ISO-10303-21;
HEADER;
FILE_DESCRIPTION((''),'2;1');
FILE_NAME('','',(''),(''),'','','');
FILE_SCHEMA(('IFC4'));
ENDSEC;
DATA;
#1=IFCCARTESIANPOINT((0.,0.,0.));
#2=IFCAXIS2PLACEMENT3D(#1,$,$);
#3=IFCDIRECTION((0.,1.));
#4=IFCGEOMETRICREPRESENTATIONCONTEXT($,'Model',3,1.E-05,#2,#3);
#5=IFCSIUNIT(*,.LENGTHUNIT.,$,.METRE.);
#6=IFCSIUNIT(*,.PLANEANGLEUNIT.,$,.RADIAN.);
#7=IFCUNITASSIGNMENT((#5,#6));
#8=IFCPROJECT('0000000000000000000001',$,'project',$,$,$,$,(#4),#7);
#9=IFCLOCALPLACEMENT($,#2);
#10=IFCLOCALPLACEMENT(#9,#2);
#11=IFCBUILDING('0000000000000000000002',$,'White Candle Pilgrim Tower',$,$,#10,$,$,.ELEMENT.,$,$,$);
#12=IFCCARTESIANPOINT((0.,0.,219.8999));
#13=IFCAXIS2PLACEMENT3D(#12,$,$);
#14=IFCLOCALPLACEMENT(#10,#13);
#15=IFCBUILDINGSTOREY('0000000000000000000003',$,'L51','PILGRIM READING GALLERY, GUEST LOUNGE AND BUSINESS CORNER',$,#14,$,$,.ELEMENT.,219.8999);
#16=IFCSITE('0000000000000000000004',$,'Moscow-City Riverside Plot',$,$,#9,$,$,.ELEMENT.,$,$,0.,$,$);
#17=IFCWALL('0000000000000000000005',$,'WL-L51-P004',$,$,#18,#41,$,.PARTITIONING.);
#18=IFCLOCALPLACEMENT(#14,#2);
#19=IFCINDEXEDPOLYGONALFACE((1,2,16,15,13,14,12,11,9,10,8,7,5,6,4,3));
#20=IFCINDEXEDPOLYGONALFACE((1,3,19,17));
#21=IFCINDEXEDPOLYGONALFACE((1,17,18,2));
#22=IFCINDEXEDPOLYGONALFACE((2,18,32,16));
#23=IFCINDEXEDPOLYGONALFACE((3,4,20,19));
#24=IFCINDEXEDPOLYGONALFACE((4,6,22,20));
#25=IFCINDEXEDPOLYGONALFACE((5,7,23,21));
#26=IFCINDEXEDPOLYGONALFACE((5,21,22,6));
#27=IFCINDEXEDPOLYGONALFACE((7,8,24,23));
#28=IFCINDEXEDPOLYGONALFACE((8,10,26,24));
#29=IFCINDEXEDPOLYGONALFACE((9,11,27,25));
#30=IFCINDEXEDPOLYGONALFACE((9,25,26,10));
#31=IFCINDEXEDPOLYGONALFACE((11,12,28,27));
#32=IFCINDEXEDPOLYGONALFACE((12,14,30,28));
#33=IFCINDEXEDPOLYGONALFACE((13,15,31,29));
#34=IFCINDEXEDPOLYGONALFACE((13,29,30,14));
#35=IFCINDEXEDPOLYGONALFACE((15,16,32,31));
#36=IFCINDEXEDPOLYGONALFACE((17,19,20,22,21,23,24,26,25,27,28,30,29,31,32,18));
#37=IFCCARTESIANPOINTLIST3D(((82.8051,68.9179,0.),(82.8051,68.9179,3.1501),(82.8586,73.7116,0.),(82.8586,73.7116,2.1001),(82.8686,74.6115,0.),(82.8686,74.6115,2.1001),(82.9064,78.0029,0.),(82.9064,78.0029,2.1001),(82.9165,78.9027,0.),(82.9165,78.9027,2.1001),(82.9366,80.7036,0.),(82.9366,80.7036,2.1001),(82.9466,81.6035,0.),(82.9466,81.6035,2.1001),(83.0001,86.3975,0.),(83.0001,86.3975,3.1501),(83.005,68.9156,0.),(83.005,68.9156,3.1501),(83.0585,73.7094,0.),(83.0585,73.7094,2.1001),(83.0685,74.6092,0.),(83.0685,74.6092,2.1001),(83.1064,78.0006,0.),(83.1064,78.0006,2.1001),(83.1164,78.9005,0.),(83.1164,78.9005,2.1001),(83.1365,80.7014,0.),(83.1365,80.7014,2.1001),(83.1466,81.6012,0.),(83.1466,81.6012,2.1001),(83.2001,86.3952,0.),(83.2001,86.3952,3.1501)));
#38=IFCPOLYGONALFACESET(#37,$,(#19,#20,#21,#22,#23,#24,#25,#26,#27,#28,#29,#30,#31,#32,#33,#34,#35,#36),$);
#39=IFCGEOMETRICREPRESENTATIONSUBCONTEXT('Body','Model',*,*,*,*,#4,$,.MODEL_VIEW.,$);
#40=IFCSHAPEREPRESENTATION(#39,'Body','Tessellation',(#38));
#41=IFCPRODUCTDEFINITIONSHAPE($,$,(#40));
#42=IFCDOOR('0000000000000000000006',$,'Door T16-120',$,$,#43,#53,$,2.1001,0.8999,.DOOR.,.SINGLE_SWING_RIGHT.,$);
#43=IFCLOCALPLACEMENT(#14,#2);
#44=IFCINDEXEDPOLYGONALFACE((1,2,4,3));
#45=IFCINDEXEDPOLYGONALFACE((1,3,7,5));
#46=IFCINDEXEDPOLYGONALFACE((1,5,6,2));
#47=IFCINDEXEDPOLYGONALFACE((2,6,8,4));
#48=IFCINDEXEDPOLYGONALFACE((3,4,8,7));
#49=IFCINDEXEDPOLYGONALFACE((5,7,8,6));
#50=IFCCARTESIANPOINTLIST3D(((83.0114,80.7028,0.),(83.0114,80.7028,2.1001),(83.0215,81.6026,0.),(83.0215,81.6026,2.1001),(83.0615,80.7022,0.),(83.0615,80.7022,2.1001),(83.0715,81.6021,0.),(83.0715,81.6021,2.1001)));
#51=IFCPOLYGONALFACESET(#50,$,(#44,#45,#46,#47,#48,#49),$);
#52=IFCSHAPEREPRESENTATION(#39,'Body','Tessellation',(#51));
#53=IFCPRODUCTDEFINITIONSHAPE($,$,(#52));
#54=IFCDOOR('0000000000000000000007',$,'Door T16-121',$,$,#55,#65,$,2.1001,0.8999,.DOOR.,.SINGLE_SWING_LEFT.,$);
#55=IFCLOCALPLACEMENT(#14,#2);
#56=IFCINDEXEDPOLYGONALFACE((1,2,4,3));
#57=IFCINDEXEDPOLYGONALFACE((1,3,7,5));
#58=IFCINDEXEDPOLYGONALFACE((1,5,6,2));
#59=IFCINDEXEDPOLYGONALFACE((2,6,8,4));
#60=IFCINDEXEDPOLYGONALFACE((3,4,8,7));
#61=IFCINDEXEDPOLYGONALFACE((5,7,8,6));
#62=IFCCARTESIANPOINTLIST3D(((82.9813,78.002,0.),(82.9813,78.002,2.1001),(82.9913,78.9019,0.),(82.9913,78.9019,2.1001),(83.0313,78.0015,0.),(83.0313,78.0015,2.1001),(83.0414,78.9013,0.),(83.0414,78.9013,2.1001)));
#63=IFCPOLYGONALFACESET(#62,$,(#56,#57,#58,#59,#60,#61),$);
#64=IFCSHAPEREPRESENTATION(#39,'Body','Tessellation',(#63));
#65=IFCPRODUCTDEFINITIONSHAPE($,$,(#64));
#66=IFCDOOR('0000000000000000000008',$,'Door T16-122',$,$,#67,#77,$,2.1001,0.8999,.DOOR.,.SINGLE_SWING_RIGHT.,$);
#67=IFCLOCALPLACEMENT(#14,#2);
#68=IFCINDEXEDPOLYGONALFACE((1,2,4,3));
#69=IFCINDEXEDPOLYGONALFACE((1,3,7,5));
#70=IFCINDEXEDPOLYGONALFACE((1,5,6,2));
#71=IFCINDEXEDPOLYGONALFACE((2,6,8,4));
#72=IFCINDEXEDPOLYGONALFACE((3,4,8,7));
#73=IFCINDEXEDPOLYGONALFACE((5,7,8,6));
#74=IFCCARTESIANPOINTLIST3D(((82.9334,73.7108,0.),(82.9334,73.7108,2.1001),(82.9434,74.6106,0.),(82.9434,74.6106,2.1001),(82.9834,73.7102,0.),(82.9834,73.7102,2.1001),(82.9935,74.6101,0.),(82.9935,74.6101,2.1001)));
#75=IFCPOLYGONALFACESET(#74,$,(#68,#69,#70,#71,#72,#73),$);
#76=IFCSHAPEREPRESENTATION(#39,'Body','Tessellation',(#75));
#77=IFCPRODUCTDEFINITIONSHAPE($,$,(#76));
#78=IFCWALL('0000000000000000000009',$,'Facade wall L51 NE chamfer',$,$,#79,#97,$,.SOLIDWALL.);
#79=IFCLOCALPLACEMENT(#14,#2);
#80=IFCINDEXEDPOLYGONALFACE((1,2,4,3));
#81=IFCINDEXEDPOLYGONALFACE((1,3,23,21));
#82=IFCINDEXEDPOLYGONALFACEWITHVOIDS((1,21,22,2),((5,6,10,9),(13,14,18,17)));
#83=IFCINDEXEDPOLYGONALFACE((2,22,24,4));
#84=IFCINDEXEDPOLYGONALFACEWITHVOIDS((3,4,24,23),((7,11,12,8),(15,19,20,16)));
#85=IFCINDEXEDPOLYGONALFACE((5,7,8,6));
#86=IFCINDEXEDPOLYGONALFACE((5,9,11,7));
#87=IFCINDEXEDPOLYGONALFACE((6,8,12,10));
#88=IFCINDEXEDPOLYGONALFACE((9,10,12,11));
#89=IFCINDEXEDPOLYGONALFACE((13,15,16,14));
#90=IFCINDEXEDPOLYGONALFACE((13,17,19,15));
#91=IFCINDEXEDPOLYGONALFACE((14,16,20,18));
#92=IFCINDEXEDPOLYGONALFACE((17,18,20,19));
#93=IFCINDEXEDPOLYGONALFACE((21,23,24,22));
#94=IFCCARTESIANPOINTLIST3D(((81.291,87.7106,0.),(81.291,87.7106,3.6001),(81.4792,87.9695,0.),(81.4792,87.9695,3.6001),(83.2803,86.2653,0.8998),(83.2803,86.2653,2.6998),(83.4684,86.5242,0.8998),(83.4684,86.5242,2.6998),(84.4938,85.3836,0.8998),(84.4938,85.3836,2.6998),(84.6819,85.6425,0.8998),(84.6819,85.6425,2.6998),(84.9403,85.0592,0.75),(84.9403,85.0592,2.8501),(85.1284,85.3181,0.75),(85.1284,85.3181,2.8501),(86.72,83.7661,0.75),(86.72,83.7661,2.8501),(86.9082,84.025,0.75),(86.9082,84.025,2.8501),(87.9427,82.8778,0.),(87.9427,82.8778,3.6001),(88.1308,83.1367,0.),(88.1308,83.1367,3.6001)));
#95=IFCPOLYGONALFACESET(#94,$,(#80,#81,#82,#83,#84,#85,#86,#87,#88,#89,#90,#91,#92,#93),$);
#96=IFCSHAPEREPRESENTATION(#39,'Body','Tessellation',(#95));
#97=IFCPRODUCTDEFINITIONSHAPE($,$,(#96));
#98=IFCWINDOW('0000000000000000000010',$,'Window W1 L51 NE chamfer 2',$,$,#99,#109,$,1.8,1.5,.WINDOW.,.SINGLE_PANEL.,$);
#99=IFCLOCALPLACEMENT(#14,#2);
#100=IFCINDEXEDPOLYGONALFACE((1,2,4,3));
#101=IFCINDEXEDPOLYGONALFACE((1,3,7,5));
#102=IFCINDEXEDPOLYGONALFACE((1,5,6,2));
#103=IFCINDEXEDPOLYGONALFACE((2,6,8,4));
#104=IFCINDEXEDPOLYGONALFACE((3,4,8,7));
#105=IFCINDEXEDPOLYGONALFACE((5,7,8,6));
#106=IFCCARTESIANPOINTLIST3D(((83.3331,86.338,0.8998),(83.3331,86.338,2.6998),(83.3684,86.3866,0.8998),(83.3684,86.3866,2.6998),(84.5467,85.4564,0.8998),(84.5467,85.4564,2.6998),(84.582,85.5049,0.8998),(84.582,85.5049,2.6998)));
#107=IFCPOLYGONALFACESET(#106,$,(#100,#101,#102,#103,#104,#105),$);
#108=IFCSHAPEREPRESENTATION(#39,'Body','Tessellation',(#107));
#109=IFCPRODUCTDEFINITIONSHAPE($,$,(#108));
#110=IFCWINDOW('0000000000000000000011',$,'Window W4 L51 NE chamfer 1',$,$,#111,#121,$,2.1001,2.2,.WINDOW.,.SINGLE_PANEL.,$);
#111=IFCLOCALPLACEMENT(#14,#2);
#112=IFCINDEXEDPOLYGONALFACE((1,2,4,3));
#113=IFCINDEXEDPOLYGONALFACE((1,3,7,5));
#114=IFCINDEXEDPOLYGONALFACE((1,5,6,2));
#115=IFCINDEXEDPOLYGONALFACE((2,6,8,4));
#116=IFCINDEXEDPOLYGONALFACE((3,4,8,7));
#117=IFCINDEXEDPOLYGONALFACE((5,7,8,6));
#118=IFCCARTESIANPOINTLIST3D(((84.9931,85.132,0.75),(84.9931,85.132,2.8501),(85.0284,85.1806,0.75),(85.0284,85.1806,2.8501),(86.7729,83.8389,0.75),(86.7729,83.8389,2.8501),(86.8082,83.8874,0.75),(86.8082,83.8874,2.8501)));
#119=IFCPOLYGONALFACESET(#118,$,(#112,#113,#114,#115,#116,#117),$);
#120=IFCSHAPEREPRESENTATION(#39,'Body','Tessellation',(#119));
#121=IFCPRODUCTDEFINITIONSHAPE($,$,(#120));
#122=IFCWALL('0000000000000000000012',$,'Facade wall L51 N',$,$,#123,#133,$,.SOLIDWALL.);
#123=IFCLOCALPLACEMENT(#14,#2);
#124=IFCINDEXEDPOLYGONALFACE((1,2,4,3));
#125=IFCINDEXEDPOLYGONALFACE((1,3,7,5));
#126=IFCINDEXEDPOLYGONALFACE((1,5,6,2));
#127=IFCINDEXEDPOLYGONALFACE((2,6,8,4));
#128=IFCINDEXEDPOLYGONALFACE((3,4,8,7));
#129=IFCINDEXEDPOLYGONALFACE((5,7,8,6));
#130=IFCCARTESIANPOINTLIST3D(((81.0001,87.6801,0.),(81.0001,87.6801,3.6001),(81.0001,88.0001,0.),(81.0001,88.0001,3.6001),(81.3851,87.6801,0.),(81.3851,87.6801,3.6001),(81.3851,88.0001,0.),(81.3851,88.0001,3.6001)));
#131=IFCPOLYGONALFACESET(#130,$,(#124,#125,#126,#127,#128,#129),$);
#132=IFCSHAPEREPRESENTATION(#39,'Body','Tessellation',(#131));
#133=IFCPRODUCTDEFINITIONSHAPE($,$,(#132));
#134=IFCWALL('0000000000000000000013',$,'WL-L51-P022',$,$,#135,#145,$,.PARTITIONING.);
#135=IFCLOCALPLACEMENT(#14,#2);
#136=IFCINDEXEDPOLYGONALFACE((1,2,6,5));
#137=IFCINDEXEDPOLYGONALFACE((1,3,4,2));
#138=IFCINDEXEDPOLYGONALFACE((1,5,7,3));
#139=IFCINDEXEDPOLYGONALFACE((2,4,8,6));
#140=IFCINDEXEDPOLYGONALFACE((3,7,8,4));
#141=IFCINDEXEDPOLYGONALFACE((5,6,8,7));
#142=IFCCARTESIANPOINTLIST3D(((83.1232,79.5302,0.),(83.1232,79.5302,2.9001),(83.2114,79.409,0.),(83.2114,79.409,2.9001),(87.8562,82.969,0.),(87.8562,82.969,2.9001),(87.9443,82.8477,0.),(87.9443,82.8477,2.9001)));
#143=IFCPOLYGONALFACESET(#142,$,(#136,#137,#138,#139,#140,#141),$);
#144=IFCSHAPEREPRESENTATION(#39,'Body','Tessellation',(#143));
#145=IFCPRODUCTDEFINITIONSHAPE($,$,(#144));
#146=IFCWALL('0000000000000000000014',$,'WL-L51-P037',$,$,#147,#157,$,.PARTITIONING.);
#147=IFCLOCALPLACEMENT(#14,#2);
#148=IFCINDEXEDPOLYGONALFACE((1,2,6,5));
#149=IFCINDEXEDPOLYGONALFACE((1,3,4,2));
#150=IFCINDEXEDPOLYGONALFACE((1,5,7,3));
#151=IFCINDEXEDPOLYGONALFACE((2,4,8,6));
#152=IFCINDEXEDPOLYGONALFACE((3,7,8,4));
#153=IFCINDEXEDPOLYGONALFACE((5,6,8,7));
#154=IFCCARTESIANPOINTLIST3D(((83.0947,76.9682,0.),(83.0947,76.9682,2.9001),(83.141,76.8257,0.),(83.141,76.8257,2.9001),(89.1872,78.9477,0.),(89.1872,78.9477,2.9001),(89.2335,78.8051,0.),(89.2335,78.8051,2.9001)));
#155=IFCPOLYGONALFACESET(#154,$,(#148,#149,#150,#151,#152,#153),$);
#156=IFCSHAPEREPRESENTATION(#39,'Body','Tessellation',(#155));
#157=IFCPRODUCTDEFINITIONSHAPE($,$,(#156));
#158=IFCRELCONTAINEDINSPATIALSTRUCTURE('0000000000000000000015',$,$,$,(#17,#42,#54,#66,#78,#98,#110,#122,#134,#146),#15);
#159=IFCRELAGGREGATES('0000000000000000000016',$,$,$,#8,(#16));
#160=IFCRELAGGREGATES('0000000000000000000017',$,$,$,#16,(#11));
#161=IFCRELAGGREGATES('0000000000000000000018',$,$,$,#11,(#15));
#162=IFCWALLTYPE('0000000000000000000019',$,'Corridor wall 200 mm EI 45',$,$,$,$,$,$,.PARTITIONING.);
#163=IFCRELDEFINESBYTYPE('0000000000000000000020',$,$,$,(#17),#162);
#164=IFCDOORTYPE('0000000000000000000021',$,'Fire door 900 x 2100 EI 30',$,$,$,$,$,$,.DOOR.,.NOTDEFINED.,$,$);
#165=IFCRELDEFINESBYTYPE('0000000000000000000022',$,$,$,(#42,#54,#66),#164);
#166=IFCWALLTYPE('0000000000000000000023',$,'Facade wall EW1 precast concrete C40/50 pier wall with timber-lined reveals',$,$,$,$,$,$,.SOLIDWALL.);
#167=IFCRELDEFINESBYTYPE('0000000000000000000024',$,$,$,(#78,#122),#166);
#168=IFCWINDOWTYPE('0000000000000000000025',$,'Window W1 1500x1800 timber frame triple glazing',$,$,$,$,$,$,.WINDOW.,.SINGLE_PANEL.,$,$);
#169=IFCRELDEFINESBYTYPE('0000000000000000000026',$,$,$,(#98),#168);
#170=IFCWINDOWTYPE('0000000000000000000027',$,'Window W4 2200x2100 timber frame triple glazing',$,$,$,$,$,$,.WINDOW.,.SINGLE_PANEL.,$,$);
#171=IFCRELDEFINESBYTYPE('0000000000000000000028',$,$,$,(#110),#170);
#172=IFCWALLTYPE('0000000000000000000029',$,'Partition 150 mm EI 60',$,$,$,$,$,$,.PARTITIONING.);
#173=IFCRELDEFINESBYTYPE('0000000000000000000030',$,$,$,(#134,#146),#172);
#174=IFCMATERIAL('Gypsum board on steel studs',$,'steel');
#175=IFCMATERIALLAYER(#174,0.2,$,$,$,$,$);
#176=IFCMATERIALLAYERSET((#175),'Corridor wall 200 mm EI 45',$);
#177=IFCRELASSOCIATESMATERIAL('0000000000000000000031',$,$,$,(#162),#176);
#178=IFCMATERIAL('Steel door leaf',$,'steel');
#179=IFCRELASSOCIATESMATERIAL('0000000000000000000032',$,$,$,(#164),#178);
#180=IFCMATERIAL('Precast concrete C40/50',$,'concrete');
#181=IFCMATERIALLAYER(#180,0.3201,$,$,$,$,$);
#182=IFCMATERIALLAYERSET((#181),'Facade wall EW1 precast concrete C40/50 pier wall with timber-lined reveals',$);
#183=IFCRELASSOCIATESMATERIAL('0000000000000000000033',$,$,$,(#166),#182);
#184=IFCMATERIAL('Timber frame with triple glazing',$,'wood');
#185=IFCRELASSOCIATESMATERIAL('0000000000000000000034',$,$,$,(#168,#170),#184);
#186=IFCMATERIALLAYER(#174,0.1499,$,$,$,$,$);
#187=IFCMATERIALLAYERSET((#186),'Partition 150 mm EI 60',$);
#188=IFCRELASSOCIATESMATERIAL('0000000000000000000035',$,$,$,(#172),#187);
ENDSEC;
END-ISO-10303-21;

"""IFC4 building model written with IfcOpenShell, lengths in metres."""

from ifc_helpers import new_model, si_unit, direction, frame, frame_2d, origin, place, context, subcontext, project, spatial, rectangle, extrude, material, layer, layer_set, type_object, element, fill, save


model = new_model("IFC4")

# Units and contexts
model_context = context("Model", 3, precision=1e-05, world=origin(), true_north=direction((0.0, 1.0)))
body_context = subcontext(model_context, "Body", "Model", "MODEL_VIEW")
ifc_project = project(units=[si_unit("LENGTHUNIT", "METRE"), si_unit("PLANEANGLEUNIT", "RADIAN")], contexts=[model_context])

# Site, building, storey
site_placement = place(None, origin())
site = spatial("IfcSite", under=ifc_project, at=site_placement, Name="Moscow-City Riverside Plot", CompositionType="ELEMENT", RefElevation=0.0)
building_placement = place(site_placement, origin())
building = spatial("IfcBuilding", under=site, at=building_placement, Name="White Candle Pilgrim Tower", CompositionType="ELEMENT")
storey_placement = place(building_placement, frame((0.0, 0.0, 219.8999)))
storey = spatial("IfcBuildingStorey", under=building, at=storey_placement, Name="L51", Description="PILGRIM READING GALLERY, GUEST LOUNGE AND BUSINESS CORNER", CompositionType="ELEMENT", Elevation=219.8999)

# Shared definitions
ifc_material_1 = material(Name="Steel door leaf", Category="steel")

# Wall, openings, doors
ifc_material_2 = material(Name="Gypsum board on steel studs", Category="steel")
ifc_layer_1 = layer(ifc_material_2, 0.2)
ifc_layer_set_1 = layer_set([ifc_layer_1], Name="Corridor wall 200 mm EI 45")
wall_type_1 = type_object("IfcWallType", Name="Corridor wall 200 mm EI 45", PredefinedType="PARTITIONING", material=ifc_layer_set_1)
wall_1_placement = place(storey_placement, frame((83.1001, 86.3962, 0.0), z_axis=(0.0, 0.0, 1.0), x_axis=(-0.011159, -0.999938, 0.0)))
wall_1 = element("IfcWall", 1, at=wall_1_placement, inside=storey, type_object=wall_type_1, Name="WL-L51-P004", PredefinedType="PARTITIONING", context=body_context, shape_type="SweptSolid", body=[
    extrude(rectangle(XDim=17.4807, YDim=0.2, at=frame_2d((8.7402, 0.0))), origin(), (0.0, 0.0, 1.0), 3.1501),
])
opening_1_placement = place(wall_1_placement, frame((4.7942, 0.0, 0.0)))
opening_1 = element("IfcOpeningElement", 2, at=opening_1_placement, cuts=wall_1, PredefinedType="OPENING", context=body_context, shape_type="SweptSolid", body=[
    extrude(rectangle(XDim=0.8999, YDim=2.1001, at=frame_2d((0.45, 1.05))), frame((0.0, 0.1099, 0.0), z_axis=(0.0, -1.0, 0.0), x_axis=(1.0, 0.0, 0.0)), (0.0, 0.0, 1.0), 0.22),
])
opening_2_placement = place(wall_1_placement, frame((7.4951, 0.0, 0.0)))
opening_2 = element("IfcOpeningElement", 3, at=opening_2_placement, cuts=wall_1, PredefinedType="OPENING", context=body_context, shape_type="SweptSolid", body=[
    extrude(rectangle(XDim=0.8999, YDim=2.1001, at=frame_2d((0.45, 1.05))), frame((0.0, 0.1099, 0.0), z_axis=(0.0, -1.0, 0.0), x_axis=(1.0, 0.0, 0.0)), (0.0, 0.0, 1.0), 0.22),
])
opening_3_placement = place(wall_1_placement, frame((11.7866, 0.0, 0.0)))
opening_3 = element("IfcOpeningElement", 4, at=opening_3_placement, cuts=wall_1, PredefinedType="OPENING", context=body_context, shape_type="SweptSolid", body=[
    extrude(rectangle(XDim=0.8999, YDim=2.1001, at=frame_2d((0.45, 1.05))), frame((0.0, 0.1099, 0.0), z_axis=(0.0, -1.0, 0.0), x_axis=(1.0, 0.0, 0.0)), (0.0, 0.0, 1.0), 0.22),
])
door_type_1 = type_object("IfcDoorType", Name="Fire door 900 x 2100 EI 30", OperationType="NOTDEFINED", PredefinedType="DOOR", material=ifc_material_1)
door_1_placement = place(opening_1_placement, origin())
door_1 = element("IfcDoor", 5, at=door_1_placement, inside=storey, type_object=door_type_1, Name="Door T16-120", OperationType="SINGLE_SWING_RIGHT", OverallHeight=2.1001, OverallWidth=0.8999, PredefinedType="DOOR", context=body_context, shape_type="SweptSolid", body=[
    extrude(rectangle(XDim=0.8999, YDim=2.1001, at=frame_2d((0.45, 1.05))), frame((0.0, 0.0249, 0.0), z_axis=(0.0, -1.0, 0.0), x_axis=(1.0, 0.0, 0.0)), (0.0, 0.0, 1.0), 0.05),
])
fill(opening_1, door_1)
door_2_placement = place(opening_2_placement, origin())
door_2 = element("IfcDoor", 6, at=door_2_placement, inside=storey, type_object=door_type_1, Name="Door T16-121", OperationType="SINGLE_SWING_LEFT", OverallHeight=2.1001, OverallWidth=0.8999, PredefinedType="DOOR", context=body_context, shape_type="SweptSolid", body=[
    extrude(rectangle(XDim=0.8999, YDim=2.1001, at=frame_2d((0.45, 1.05))), frame((0.0, 0.0249, 0.0), z_axis=(0.0, -1.0, 0.0), x_axis=(1.0, 0.0, 0.0)), (0.0, 0.0, 1.0), 0.05),
])
fill(opening_2, door_2)
door_3_placement = place(opening_3_placement, origin())
door_3 = element("IfcDoor", 7, at=door_3_placement, inside=storey, type_object=door_type_1, Name="Door T16-122", OperationType="SINGLE_SWING_RIGHT", OverallHeight=2.1001, OverallWidth=0.8999, PredefinedType="DOOR", context=body_context, shape_type="SweptSolid", body=[
    extrude(rectangle(XDim=0.8999, YDim=2.1001, at=frame_2d((0.45, 1.05))), frame((0.0, 0.0249, 0.0), z_axis=(0.0, -1.0, 0.0), x_axis=(1.0, 0.0, 0.0)), (0.0, 0.0, 1.0), 0.05),
])
fill(opening_3, door_3)

# Wall, openings, windows
ifc_material_3 = material(Name="Precast concrete C40/50", Category="concrete")
ifc_layer_2 = layer(ifc_material_3, 0.3201)
ifc_layer_set_2 = layer_set([ifc_layer_2], Name="Facade wall EW1 precast concrete C40/50 pier wall with timber-lined reveals")
wall_type_2 = type_object("IfcWallType", Name="Facade wall EW1 precast concrete C40/50 pier wall with timber-lined reveals", PredefinedType="SOLIDWALL", material=ifc_layer_set_2)
wall_2_placement = place(storey_placement, frame((88.0366, 83.0073, 0.0), z_axis=(0.0, 0.0, 1.0), x_axis=(-0.809012, 0.587792, 0.0)))
wall_2 = element("IfcWall", 8, at=wall_2_placement, inside=storey, type_object=wall_type_2, Name="Facade wall L51 NE chamfer", PredefinedType="SOLIDWALL", context=body_context, shape_type="SweptSolid", body=[
    extrude(rectangle(XDim=8.2219, YDim=0.3201, at=frame_2d((4.1108, 0.0))), origin(), (0.0, 0.0, 1.0), 3.6001),
])
opening_4_placement = place(wall_2_placement, frame((1.511, 0.0, 0.75)))
opening_4 = element("IfcOpeningElement", 9, at=opening_4_placement, cuts=wall_2, PredefinedType="OPENING", context=body_context, shape_type="SweptSolid", body=[
    extrude(rectangle(XDim=2.2, YDim=2.1001, at=frame_2d((1.1001, 1.05))), frame((0.0, 0.1699, 0.0), z_axis=(0.0, -1.0, 0.0), x_axis=(1.0, 0.0, 0.0)), (0.0, 0.0, 1.0), 0.3401),
])
opening_5_placement = place(wall_2_placement, frame((4.2629, 0.0, 0.8999)))
opening_5 = element("IfcOpeningElement", 10, at=opening_5_placement, cuts=wall_2, PredefinedType="OPENING", context=body_context, shape_type="SweptSolid", body=[
    extrude(rectangle(XDim=1.5, YDim=1.8, at=frame_2d((0.75, 0.8999))), frame((0.0, 0.1699, 0.0), z_axis=(0.0, -1.0, 0.0), x_axis=(1.0, 0.0, 0.0)), (0.0, 0.0, 1.0), 0.3401),
])
ifc_material_4 = material(Name="Timber frame with triple glazing", Category="wood")
window_type_1 = type_object("IfcWindowType", Name="Window W1 1500x1800 timber frame triple glazing", PartitioningType="SINGLE_PANEL", PredefinedType="WINDOW", material=ifc_material_4)
window_1_placement = place(opening_5_placement, origin())
window_1 = element("IfcWindow", 11, at=window_1_placement, inside=storey, type_object=window_type_1, Name="Window W1 L51 NE chamfer 2", OverallHeight=1.8, OverallWidth=1.5, PartitioningType="SINGLE_PANEL", PredefinedType="WINDOW", context=body_context, shape_type="SweptSolid", body=[
    extrude(rectangle(XDim=1.5, YDim=1.8, at=frame_2d((0.75, 0.8999))), frame((0.0, 0.0701, 0.0), z_axis=(0.0, -1.0, 0.0), x_axis=(1.0, 0.0, 0.0)), (0.0, 0.0, 1.0), 0.0601),
])
fill(opening_5, window_1)
window_type_2 = type_object("IfcWindowType", Name="Window W4 2200x2100 timber frame triple glazing", PartitioningType="SINGLE_PANEL", PredefinedType="WINDOW", material=ifc_material_4)
window_2_placement = place(opening_4_placement, origin())
window_2 = element("IfcWindow", 12, at=window_2_placement, inside=storey, type_object=window_type_2, Name="Window W4 L51 NE chamfer 1", OverallHeight=2.1001, OverallWidth=2.2, PartitioningType="SINGLE_PANEL", PredefinedType="WINDOW", context=body_context, shape_type="SweptSolid", body=[
    extrude(rectangle(XDim=2.2, YDim=2.1001, at=frame_2d((1.1001, 1.05))), frame((0.0, 0.0701, 0.0), z_axis=(0.0, -1.0, 0.0), x_axis=(1.0, 0.0, 0.0)), (0.0, 0.0, 1.0), 0.0601),
])
fill(opening_4, window_2)

# Walls
wall_3_placement = place(storey_placement, frame((81.385, 87.8401, 0.0), z_axis=(0.0, 0.0, 1.0), x_axis=(-1.0, 0.0, 0.0)))
element("IfcWall", 13, at=wall_3_placement, inside=storey, type_object=wall_type_2, Name="Facade wall L51 N", PredefinedType="SOLIDWALL", context=body_context, shape_type="SweptSolid", body=[
    extrude(rectangle(XDim=0.385, YDim=0.3201, at=frame_2d((0.1924, 0.0))), origin(), (0.0, 0.0, 1.0), 3.6001),
])
ifc_layer_3 = layer(ifc_material_2, 0.1499)
ifc_layer_set_3 = layer_set([ifc_layer_3], Name="Partition 150 mm EI 60")
wall_type_3 = type_object("IfcWallType", Name="Partition 150 mm EI 60", PredefinedType="PARTITIONING", material=ifc_layer_set_3)
wall_4_placement = place(storey_placement, frame((87.9004, 82.9084, 0.0), z_axis=(0.0, 0.0, 1.0), x_axis=(-0.809012, -0.587792, 0.0)))
element("IfcWall", 14, at=wall_4_placement, inside=storey, type_object=wall_type_3, Name="WL-L51-P022", PredefinedType="PARTITIONING", context=body_context, shape_type="SweptSolid", body=[
    extrude(rectangle(XDim=5.8503, YDim=0.1499, at=frame_2d((2.9253, 0.0))), origin(), (0.0, 0.0, 1.0), 2.9001),
])
wall_5_placement = place(storey_placement, frame((89.2104, 78.8765, 0.0), z_axis=(0.0, 0.0, 1.0), x_axis=(-0.951061, -0.309004, 0.0)))
element("IfcWall", 15, at=wall_5_placement, inside=storey, type_object=wall_type_3, Name="WL-L51-P037", PredefinedType="PARTITIONING", context=body_context, shape_type="SweptSolid", body=[
    extrude(rectangle(XDim=6.406, YDim=0.1499, at=frame_2d((3.2031, 0.0))), origin(), (0.0, 0.0, 1.0), 2.9001),
])

save(model, "model.ifc")
